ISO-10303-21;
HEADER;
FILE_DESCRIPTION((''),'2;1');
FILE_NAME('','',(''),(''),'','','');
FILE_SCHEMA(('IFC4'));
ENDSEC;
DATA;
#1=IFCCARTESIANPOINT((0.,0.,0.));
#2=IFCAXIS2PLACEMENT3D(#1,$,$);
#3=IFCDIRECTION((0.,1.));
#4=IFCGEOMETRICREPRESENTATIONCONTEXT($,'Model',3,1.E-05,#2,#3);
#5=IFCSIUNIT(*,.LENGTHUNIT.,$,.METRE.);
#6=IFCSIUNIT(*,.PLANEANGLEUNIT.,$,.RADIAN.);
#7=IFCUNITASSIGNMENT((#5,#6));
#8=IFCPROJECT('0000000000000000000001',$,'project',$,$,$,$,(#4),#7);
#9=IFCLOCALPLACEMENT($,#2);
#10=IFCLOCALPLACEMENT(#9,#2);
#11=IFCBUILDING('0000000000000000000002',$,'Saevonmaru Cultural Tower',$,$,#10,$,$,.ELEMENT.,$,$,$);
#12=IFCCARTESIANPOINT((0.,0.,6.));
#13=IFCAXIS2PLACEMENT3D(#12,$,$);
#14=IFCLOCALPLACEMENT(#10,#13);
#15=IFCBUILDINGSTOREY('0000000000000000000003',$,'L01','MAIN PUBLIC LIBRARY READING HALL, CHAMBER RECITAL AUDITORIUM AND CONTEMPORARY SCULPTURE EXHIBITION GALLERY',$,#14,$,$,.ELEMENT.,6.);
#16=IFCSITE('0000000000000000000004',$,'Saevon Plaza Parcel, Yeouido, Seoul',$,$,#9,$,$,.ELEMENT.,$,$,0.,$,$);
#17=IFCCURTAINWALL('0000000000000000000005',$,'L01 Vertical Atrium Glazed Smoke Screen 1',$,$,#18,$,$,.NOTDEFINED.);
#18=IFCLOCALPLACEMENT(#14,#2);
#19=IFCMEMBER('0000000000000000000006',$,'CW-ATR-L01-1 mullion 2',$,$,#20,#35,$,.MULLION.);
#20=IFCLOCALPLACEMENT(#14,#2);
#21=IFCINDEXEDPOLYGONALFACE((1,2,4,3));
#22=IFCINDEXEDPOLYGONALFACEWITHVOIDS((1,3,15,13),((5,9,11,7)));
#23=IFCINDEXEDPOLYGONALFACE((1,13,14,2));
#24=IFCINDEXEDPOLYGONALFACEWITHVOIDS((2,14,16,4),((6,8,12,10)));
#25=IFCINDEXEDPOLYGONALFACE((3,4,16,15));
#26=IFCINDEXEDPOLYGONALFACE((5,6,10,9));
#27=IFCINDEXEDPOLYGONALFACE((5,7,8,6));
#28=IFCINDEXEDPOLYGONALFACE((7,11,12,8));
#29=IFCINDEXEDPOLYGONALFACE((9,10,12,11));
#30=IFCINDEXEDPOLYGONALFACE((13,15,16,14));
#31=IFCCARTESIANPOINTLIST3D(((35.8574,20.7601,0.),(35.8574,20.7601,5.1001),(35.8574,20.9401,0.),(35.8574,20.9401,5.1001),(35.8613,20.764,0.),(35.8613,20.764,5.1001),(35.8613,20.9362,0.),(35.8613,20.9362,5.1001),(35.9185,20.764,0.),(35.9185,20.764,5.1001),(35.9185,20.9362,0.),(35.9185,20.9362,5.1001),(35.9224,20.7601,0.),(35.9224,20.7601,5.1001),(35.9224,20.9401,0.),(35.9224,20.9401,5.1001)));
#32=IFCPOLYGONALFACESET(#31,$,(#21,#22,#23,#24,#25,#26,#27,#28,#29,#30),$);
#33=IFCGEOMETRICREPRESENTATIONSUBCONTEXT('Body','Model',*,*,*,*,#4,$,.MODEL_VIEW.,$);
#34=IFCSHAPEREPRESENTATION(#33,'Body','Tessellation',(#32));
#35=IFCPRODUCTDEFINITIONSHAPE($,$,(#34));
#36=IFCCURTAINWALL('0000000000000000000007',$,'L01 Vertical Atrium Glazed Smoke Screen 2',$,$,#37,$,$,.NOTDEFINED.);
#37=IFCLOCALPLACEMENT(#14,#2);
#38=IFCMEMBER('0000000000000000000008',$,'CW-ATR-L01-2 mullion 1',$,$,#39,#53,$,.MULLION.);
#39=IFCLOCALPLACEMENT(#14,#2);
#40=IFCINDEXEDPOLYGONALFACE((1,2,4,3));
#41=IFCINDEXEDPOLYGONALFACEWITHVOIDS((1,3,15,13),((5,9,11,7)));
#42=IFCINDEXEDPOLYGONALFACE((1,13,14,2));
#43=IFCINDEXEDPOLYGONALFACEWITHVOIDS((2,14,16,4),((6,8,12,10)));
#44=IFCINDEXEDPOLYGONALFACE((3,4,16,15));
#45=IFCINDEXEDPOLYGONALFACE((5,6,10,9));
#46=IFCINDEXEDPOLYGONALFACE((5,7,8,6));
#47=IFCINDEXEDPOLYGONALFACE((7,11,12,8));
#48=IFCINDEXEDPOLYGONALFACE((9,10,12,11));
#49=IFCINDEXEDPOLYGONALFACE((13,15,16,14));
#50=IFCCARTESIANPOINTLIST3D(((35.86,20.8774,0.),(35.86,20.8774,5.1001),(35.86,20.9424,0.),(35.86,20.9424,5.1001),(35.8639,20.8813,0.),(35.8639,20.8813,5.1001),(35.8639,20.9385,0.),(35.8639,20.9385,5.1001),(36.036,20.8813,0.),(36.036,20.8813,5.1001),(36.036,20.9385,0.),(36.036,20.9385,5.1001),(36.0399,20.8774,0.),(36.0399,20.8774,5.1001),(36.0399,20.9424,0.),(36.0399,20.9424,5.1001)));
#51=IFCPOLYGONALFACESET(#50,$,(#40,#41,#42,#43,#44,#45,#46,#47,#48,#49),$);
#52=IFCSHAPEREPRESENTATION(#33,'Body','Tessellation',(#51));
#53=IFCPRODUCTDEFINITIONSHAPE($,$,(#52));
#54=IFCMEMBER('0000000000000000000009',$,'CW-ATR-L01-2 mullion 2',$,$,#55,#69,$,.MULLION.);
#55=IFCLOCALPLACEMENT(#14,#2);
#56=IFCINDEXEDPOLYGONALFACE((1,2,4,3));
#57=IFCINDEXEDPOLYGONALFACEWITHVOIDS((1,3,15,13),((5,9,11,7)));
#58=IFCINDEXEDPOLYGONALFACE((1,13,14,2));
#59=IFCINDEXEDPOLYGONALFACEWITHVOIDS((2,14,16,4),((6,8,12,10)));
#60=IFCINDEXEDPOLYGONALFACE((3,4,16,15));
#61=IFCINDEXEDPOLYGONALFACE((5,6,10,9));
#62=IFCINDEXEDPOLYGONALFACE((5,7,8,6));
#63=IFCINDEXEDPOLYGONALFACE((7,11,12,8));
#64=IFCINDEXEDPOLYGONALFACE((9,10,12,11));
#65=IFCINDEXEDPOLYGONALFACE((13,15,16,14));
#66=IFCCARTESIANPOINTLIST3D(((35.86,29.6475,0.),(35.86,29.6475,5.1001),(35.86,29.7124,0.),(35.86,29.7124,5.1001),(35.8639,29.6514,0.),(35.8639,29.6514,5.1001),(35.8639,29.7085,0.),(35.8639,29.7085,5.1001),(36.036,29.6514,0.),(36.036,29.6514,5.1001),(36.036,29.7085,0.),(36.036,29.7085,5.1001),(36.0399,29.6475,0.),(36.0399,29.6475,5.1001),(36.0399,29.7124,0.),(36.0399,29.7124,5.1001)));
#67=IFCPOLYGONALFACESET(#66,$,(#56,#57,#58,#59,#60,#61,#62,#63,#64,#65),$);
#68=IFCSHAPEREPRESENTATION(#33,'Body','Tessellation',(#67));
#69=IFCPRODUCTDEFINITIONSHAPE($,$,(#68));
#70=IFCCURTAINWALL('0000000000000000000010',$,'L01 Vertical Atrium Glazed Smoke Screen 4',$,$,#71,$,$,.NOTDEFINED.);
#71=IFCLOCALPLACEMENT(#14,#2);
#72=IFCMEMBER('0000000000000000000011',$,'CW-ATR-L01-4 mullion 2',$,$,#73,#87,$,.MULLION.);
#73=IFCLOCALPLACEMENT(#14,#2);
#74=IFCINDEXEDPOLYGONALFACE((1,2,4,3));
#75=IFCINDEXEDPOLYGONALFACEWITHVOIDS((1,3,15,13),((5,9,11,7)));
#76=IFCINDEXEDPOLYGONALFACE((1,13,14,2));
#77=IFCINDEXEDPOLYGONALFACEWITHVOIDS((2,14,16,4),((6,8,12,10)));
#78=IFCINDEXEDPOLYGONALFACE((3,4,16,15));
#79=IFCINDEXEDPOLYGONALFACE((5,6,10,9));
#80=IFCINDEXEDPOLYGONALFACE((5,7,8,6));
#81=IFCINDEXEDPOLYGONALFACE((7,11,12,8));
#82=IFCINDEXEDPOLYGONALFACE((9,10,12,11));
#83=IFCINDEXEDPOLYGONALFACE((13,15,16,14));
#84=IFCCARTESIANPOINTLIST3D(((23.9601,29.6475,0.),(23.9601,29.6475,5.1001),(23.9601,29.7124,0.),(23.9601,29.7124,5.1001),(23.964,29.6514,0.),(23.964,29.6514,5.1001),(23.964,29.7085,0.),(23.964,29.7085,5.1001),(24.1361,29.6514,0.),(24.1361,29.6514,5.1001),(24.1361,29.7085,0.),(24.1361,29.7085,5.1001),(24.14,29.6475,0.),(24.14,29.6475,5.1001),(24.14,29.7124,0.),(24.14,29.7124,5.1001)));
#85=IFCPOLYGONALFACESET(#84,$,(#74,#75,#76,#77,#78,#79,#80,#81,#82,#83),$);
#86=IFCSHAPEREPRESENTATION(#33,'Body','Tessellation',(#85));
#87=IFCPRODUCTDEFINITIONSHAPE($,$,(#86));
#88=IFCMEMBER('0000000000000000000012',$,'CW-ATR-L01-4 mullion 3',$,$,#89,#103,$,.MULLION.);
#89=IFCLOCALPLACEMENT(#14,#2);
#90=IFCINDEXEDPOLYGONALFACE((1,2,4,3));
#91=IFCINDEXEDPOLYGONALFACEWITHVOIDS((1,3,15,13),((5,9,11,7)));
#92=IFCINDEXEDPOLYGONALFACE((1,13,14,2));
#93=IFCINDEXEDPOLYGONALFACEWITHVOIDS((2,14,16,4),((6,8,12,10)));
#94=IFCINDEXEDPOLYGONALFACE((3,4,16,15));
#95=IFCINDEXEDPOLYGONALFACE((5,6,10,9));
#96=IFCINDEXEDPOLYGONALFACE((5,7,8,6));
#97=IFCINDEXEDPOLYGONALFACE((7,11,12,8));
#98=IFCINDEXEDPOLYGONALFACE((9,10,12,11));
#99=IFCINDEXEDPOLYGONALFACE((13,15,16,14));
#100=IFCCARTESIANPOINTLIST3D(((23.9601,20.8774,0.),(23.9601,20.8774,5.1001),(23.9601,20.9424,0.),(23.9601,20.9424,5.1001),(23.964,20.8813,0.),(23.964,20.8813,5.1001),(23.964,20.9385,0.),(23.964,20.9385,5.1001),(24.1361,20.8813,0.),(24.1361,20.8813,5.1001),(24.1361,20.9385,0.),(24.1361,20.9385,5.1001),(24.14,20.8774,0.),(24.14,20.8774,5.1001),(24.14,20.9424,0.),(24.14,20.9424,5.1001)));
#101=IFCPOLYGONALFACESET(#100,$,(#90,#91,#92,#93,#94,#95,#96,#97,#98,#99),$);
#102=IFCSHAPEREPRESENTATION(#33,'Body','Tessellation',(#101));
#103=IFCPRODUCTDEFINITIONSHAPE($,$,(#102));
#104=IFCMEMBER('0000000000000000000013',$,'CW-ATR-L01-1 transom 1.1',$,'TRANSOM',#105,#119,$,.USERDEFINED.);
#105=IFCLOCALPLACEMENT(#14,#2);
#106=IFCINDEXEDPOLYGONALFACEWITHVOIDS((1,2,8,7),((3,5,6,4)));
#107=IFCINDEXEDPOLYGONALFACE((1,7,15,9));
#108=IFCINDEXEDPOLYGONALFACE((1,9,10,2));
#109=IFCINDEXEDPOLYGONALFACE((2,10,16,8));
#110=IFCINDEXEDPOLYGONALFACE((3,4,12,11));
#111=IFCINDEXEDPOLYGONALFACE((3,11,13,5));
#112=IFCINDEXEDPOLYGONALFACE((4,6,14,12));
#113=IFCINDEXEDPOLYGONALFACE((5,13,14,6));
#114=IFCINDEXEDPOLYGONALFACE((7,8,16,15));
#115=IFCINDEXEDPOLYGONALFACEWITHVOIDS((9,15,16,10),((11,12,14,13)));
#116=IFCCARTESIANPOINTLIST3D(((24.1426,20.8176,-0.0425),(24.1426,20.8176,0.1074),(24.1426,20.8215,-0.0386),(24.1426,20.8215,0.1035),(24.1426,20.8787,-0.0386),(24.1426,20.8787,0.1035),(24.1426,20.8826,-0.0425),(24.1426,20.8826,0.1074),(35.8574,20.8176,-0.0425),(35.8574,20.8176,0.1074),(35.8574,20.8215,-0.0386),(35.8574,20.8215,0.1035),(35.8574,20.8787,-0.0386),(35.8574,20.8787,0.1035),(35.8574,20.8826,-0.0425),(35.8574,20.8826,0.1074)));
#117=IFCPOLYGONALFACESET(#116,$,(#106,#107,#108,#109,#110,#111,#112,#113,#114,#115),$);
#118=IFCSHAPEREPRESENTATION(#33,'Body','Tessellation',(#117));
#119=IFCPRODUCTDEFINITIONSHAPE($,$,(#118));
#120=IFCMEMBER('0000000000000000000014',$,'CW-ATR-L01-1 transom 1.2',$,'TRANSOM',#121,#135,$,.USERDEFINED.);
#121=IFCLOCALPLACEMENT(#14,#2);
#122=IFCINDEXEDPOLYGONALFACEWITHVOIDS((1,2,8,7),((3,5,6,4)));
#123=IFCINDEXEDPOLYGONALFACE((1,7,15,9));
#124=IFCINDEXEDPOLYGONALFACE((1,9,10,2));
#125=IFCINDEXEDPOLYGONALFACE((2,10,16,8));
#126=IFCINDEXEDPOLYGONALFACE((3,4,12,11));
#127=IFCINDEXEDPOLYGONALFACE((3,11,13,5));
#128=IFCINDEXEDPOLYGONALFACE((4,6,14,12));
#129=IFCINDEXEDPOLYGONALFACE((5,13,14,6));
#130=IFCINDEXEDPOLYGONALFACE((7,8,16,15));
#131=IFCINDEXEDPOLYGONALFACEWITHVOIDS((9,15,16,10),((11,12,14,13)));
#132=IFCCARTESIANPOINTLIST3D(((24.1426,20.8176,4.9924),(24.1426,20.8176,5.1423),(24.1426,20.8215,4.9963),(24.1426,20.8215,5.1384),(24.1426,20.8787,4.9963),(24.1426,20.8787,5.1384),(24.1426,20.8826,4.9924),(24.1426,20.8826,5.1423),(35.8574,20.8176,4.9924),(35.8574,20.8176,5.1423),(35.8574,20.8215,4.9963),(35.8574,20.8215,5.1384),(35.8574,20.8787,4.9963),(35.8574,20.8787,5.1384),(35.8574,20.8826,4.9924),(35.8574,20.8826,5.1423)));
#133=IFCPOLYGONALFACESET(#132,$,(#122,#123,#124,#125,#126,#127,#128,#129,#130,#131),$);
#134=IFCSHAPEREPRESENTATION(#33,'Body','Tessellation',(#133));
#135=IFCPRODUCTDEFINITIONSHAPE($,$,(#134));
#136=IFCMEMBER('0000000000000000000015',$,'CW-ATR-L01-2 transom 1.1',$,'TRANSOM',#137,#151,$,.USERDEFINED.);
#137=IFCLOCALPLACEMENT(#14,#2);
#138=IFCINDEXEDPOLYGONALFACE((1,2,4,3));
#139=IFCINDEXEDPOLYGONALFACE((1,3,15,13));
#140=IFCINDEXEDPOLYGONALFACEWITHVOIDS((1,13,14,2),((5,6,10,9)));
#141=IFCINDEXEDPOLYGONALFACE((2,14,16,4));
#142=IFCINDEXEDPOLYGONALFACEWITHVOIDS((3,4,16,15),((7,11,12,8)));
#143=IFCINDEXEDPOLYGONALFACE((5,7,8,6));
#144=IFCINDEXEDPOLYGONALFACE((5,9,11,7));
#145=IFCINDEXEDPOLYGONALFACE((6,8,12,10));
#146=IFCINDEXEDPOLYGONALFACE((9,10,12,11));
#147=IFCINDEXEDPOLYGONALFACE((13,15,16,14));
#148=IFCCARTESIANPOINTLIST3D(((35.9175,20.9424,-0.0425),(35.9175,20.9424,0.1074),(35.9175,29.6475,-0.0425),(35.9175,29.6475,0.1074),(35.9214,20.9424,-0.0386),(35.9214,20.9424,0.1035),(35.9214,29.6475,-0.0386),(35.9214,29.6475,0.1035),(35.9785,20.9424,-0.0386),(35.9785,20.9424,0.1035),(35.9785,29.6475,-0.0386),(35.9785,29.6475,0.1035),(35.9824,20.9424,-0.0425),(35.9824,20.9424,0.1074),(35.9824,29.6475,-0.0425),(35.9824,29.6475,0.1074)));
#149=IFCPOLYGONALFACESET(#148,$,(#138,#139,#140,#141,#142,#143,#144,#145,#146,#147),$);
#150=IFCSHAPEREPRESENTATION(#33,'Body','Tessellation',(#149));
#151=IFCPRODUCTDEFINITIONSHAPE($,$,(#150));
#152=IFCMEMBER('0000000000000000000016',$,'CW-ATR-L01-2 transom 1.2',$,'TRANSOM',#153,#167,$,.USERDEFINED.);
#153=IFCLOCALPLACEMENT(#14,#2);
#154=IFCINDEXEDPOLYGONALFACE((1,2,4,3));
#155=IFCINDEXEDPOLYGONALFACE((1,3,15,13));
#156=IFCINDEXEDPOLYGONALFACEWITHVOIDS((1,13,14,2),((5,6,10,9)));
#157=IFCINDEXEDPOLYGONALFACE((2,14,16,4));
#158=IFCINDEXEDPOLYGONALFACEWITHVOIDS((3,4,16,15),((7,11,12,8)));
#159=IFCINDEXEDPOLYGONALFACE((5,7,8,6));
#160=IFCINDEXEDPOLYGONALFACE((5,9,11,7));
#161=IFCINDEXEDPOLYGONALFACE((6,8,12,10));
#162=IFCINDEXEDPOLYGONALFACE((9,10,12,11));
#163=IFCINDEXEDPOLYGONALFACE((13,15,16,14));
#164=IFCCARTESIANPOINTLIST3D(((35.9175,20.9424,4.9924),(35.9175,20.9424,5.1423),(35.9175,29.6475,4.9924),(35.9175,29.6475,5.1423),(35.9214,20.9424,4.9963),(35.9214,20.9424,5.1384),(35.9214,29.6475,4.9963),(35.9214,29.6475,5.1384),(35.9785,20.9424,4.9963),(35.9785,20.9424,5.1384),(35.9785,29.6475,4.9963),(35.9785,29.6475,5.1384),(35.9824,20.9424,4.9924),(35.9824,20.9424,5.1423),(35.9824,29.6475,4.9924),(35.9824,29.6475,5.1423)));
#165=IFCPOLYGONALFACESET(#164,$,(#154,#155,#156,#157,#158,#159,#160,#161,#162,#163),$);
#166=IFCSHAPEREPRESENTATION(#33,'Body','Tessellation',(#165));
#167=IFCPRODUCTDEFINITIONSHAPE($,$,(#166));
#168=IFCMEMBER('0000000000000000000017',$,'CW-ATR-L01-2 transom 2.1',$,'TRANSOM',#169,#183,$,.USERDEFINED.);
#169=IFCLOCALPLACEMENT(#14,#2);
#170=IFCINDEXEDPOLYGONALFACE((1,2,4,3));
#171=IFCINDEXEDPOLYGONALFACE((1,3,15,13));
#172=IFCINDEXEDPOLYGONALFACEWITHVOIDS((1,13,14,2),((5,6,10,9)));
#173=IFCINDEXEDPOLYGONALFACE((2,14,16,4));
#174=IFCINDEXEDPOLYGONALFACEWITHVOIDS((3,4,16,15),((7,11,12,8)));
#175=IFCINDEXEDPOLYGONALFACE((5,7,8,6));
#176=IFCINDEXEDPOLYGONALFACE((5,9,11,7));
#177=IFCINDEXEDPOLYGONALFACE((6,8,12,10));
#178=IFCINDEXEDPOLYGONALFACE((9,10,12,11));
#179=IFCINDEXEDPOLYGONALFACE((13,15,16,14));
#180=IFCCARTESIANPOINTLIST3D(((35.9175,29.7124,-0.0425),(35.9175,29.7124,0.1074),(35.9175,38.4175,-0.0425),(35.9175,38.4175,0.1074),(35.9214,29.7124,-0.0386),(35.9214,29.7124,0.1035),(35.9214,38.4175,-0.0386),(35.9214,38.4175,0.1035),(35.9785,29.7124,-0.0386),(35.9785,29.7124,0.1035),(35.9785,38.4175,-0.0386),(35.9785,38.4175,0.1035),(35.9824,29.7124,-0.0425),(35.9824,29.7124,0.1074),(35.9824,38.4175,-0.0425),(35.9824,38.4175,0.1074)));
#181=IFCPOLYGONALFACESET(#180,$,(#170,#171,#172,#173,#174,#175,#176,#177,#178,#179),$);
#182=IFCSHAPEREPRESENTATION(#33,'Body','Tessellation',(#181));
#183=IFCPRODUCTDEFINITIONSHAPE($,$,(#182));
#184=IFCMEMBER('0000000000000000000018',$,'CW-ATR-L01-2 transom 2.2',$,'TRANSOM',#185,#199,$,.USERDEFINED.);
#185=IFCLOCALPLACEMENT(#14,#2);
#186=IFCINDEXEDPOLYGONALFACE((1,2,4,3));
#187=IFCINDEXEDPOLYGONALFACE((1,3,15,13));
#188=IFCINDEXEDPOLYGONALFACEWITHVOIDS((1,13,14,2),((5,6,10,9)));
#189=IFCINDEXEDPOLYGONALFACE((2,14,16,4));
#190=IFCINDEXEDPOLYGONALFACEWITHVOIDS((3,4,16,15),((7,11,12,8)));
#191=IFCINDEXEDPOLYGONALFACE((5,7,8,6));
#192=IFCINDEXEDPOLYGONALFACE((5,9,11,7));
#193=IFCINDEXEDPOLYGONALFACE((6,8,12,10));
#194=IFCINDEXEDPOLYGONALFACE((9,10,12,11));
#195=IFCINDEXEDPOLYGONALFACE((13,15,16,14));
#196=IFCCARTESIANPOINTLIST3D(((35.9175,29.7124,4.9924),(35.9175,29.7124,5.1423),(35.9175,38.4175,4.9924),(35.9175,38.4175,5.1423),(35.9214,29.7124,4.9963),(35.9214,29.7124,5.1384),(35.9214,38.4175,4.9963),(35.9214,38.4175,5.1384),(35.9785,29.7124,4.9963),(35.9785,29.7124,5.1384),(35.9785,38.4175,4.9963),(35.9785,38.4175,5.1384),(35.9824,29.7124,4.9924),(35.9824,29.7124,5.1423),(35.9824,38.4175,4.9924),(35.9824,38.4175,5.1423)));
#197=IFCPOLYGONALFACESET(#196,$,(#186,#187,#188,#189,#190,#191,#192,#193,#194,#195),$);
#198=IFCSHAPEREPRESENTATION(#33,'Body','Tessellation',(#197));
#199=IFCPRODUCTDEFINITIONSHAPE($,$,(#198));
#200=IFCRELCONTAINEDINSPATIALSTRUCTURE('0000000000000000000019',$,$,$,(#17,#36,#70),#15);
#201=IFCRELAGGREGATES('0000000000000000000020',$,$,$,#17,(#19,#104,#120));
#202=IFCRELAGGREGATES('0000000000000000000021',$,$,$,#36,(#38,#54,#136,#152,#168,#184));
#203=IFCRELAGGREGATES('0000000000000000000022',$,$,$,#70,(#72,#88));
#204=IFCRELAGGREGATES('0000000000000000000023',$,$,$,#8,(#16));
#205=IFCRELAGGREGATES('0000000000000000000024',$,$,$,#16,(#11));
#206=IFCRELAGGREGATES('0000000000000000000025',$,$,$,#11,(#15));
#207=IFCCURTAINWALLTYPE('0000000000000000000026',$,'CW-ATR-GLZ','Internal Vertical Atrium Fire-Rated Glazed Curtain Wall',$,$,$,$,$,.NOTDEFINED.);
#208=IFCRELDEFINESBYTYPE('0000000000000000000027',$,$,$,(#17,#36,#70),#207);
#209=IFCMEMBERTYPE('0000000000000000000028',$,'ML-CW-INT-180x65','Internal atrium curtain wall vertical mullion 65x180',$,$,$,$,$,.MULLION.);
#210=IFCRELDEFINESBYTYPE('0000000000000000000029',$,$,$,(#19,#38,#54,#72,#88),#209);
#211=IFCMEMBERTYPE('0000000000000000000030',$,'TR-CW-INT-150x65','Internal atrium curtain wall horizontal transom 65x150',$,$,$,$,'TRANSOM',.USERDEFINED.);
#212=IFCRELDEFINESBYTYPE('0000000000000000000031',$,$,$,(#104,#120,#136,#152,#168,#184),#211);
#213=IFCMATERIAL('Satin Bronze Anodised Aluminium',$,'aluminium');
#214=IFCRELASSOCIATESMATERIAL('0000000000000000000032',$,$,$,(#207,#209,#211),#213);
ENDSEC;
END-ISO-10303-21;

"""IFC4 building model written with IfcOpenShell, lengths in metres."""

from ifc_helpers import new_model, si_unit, direction, frame, origin, origin_2d, place, context, subcontext, project, spatial, hollow_rectangle, extrude, material, material_profile, profile_set, type_object, element, aggregate, save


model = new_model("IFC4")

# Units and contexts
model_context = context("Model", 3, precision=1e-05, world=origin(), true_north=direction((0.0, 1.0)))
body_context = subcontext(model_context, "Body", "Model", "MODEL_VIEW")
ifc_project = project(units=[si_unit("LENGTHUNIT", "METRE"), si_unit("PLANEANGLEUNIT", "RADIAN")], contexts=[model_context])

# Site, building, storey
site_placement = place(None, origin())
site = spatial("IfcSite", under=ifc_project, at=site_placement, Name="Saevon Plaza Parcel, Yeouido, Seoul", CompositionType="ELEMENT", RefElevation=0.0)
building_placement = place(site_placement, origin())
building = spatial("IfcBuilding", under=site, at=building_placement, Name="Saevonmaru Cultural Tower", CompositionType="ELEMENT")
storey_placement = place(building_placement, frame((0.0, 0.0, 6.0)))
storey = spatial("IfcBuildingStorey", under=building, at=storey_placement, Name="L01", Description="MAIN PUBLIC LIBRARY READING HALL, CHAMBER RECITAL AUDITORIUM AND CONTEMPORARY SCULPTURE EXHIBITION GALLERY", CompositionType="ELEMENT", Elevation=6.0)

# Curtain walls, members
ifc_material_1 = material(Name="Satin Bronze Anodised Aluminium", Category="aluminium")
curtain_wall_type = type_object("IfcCurtainWallType", Name="CW-ATR-GLZ", Description="Internal Vertical Atrium Fire-Rated Glazed Curtain Wall", PredefinedType="NOTDEFINED", material=ifc_material_1)
curtain_wall_1_placement = place(storey_placement, origin())
curtain_wall_1 = element("IfcCurtainWall", 1, at=curtain_wall_1_placement, inside=storey, type_object=curtain_wall_type, Name="L01 Vertical Atrium Glazed Smoke Screen 1", PredefinedType="NOTDEFINED")
ifc_material_profile_1 = material_profile(ifc_material_1, hollow_rectangle(XDim=0.0649, YDim=0.1799, WallThickness=0.0039, at=origin_2d()), Name="ALU-MULL-180x65x4")
ifc_profile_set_1 = profile_set([ifc_material_profile_1], Name="Satin Bronze Anodised Aluminium")
member_type_1 = type_object("IfcMemberType", Name="ML-CW-INT-180x65", Description="Internal atrium curtain wall vertical mullion 65x180", PredefinedType="MULLION", material=ifc_profile_set_1)
member_1_placement = place(storey_placement, frame((35.8899, 20.8501, 0.0), z_axis=(0.0, 0.0, 1.0), x_axis=(1.0, 0.0, 0.0)))
member_1 = element("IfcMember", 2, at=member_1_placement, type_object=member_type_1, Name="CW-ATR-L01-1 mullion 2", PredefinedType="MULLION", context=body_context, shape_type="SweptSolid", body=[
    extrude(hollow_rectangle(XDim=0.0649, YDim=0.1799, WallThickness=0.0039, at=origin_2d()), origin(), (0.0, 0.0, 1.0), 5.1001),
])
curtain_wall_2_placement = place(storey_placement, origin())
curtain_wall_2 = element("IfcCurtainWall", 3, at=curtain_wall_2_placement, inside=storey, type_object=curtain_wall_type, Name="L01 Vertical Atrium Glazed Smoke Screen 2", PredefinedType="NOTDEFINED")
member_2_placement = place(storey_placement, frame((35.95, 20.9099, 0.0), z_axis=(0.0, 0.0, 1.0), x_axis=(0.0, 1.0, 0.0)))
member_2 = element("IfcMember", 4, at=member_2_placement, type_object=member_type_1, Name="CW-ATR-L01-2 mullion 1", PredefinedType="MULLION", context=body_context, shape_type="SweptSolid", body=[
    extrude(hollow_rectangle(XDim=0.0649, YDim=0.1799, WallThickness=0.0039, at=origin_2d()), origin(), (0.0, 0.0, 1.0), 5.1001),
])
member_3_placement = place(storey_placement, frame((35.95, 29.6799, 0.0), z_axis=(0.0, 0.0, 1.0), x_axis=(0.0, 1.0, 0.0)))
member_3 = element("IfcMember", 5, at=member_3_placement, type_object=member_type_1, Name="CW-ATR-L01-2 mullion 2", PredefinedType="MULLION", context=body_context, shape_type="SweptSolid", body=[
    extrude(hollow_rectangle(XDim=0.0649, YDim=0.1799, WallThickness=0.0039, at=origin_2d()), origin(), (0.0, 0.0, 1.0), 5.1001),
])
curtain_wall_3_placement = place(storey_placement, origin())
curtain_wall_3 = element("IfcCurtainWall", 6, at=curtain_wall_3_placement, inside=storey, type_object=curtain_wall_type, Name="L01 Vertical Atrium Glazed Smoke Screen 4", PredefinedType="NOTDEFINED")
member_4_placement = place(storey_placement, frame((24.05, 29.6799, 0.0), z_axis=(0.0, 0.0, 1.0), x_axis=(0.0, -1.0, 0.0)))
member_4 = element("IfcMember", 7, at=member_4_placement, type_object=member_type_1, Name="CW-ATR-L01-4 mullion 2", PredefinedType="MULLION", context=body_context, shape_type="SweptSolid", body=[
    extrude(hollow_rectangle(XDim=0.0649, YDim=0.1799, WallThickness=0.0039, at=origin_2d()), origin(), (0.0, 0.0, 1.0), 5.1001),
])
member_5_placement = place(storey_placement, frame((24.05, 20.9099, 0.0), z_axis=(0.0, 0.0, 1.0), x_axis=(0.0, -1.0, 0.0)))
member_5 = element("IfcMember", 8, at=member_5_placement, type_object=member_type_1, Name="CW-ATR-L01-4 mullion 3", PredefinedType="MULLION", context=body_context, shape_type="SweptSolid", body=[
    extrude(hollow_rectangle(XDim=0.0649, YDim=0.1799, WallThickness=0.0039, at=origin_2d()), origin(), (0.0, 0.0, 1.0), 5.1001),
])

# Members
ifc_material_profile_2 = material_profile(ifc_material_1, hollow_rectangle(XDim=0.0649, YDim=0.1499, WallThickness=0.0039, at=origin_2d()), Name="ALU-TRAN-150x65x4")
ifc_profile_set_2 = profile_set([ifc_material_profile_2], Name="Satin Bronze Anodised Aluminium")
member_type_2 = type_object("IfcMemberType", Name="TR-CW-INT-150x65", Description="Internal atrium curtain wall horizontal transom 65x150", ElementType="TRANSOM", PredefinedType="USERDEFINED", material=ifc_profile_set_2)
member_6_placement = place(storey_placement, frame((24.1426, 20.8501, 0.0325), z_axis=(1.0, 0.0, 0.0), x_axis=(0.0, 1.0, 0.0)))
member_6 = element("IfcMember", 9, at=member_6_placement, type_object=member_type_2, Name="CW-ATR-L01-1 transom 1.1", ObjectType="TRANSOM", PredefinedType="USERDEFINED", context=body_context, shape_type="SweptSolid", body=[
    extrude(hollow_rectangle(XDim=0.0649, YDim=0.1499, WallThickness=0.0039, at=origin_2d()), origin(), (0.0, 0.0, 1.0), 11.7148),
])
member_7_placement = place(storey_placement, frame((24.1426, 20.8501, 5.0674), z_axis=(1.0, 0.0, 0.0), x_axis=(0.0, 1.0, 0.0)))
member_7 = element("IfcMember", 10, at=member_7_placement, type_object=member_type_2, Name="CW-ATR-L01-1 transom 1.2", ObjectType="TRANSOM", PredefinedType="USERDEFINED", context=body_context, shape_type="SweptSolid", body=[
    extrude(hollow_rectangle(XDim=0.0649, YDim=0.1499, WallThickness=0.0039, at=origin_2d()), origin(), (0.0, 0.0, 1.0), 11.7148),
])
member_8_placement = place(storey_placement, frame((35.95, 20.9424, 0.0325), z_axis=(0.0, 1.0, 0.0), x_axis=(-1.0, 0.0, 0.0)))
member_8 = element("IfcMember", 11, at=member_8_placement, type_object=member_type_2, Name="CW-ATR-L01-2 transom 1.1", ObjectType="TRANSOM", PredefinedType="USERDEFINED", context=body_context, shape_type="SweptSolid", body=[
    extrude(hollow_rectangle(XDim=0.0649, YDim=0.1499, WallThickness=0.0039, at=origin_2d()), origin(), (0.0, 0.0, 1.0), 8.7051),
])
member_9_placement = place(storey_placement, frame((35.95, 20.9424, 5.0674), z_axis=(0.0, 1.0, 0.0), x_axis=(-1.0, 0.0, 0.0)))
member_9 = element("IfcMember", 12, at=member_9_placement, type_object=member_type_2, Name="CW-ATR-L01-2 transom 1.2", ObjectType="TRANSOM", PredefinedType="USERDEFINED", context=body_context, shape_type="SweptSolid", body=[
    extrude(hollow_rectangle(XDim=0.0649, YDim=0.1499, WallThickness=0.0039, at=origin_2d()), origin(), (0.0, 0.0, 1.0), 8.7051),
])
member_10_placement = place(storey_placement, frame((35.95, 29.7124, 0.0325), z_axis=(0.0, 1.0, 0.0), x_axis=(-1.0, 0.0, 0.0)))
member_10 = element("IfcMember", 13, at=member_10_placement, type_object=member_type_2, Name="CW-ATR-L01-2 transom 2.1", ObjectType="TRANSOM", PredefinedType="USERDEFINED", context=body_context, shape_type="SweptSolid", body=[
    extrude(hollow_rectangle(XDim=0.0649, YDim=0.1499, WallThickness=0.0039, at=origin_2d()), origin(), (0.0, 0.0, 1.0), 8.7051),
])
member_11_placement = place(storey_placement, frame((35.95, 29.7124, 5.0674), z_axis=(0.0, 1.0, 0.0), x_axis=(-1.0, 0.0, 0.0)))
member_11 = element("IfcMember", 14, at=member_11_placement, type_object=member_type_2, Name="CW-ATR-L01-2 transom 2.2", ObjectType="TRANSOM", PredefinedType="USERDEFINED", context=body_context, shape_type="SweptSolid", body=[
    extrude(hollow_rectangle(XDim=0.0649, YDim=0.1499, WallThickness=0.0039, at=origin_2d()), origin(), (0.0, 0.0, 1.0), 8.7051),
])

aggregate(curtain_wall_1, [member_1, member_6, member_7])
aggregate(curtain_wall_2, [member_2, member_3, member_8, member_9, member_10, member_11])
aggregate(curtain_wall_3, [member_4, member_5])

save(model, "model.ifc")
